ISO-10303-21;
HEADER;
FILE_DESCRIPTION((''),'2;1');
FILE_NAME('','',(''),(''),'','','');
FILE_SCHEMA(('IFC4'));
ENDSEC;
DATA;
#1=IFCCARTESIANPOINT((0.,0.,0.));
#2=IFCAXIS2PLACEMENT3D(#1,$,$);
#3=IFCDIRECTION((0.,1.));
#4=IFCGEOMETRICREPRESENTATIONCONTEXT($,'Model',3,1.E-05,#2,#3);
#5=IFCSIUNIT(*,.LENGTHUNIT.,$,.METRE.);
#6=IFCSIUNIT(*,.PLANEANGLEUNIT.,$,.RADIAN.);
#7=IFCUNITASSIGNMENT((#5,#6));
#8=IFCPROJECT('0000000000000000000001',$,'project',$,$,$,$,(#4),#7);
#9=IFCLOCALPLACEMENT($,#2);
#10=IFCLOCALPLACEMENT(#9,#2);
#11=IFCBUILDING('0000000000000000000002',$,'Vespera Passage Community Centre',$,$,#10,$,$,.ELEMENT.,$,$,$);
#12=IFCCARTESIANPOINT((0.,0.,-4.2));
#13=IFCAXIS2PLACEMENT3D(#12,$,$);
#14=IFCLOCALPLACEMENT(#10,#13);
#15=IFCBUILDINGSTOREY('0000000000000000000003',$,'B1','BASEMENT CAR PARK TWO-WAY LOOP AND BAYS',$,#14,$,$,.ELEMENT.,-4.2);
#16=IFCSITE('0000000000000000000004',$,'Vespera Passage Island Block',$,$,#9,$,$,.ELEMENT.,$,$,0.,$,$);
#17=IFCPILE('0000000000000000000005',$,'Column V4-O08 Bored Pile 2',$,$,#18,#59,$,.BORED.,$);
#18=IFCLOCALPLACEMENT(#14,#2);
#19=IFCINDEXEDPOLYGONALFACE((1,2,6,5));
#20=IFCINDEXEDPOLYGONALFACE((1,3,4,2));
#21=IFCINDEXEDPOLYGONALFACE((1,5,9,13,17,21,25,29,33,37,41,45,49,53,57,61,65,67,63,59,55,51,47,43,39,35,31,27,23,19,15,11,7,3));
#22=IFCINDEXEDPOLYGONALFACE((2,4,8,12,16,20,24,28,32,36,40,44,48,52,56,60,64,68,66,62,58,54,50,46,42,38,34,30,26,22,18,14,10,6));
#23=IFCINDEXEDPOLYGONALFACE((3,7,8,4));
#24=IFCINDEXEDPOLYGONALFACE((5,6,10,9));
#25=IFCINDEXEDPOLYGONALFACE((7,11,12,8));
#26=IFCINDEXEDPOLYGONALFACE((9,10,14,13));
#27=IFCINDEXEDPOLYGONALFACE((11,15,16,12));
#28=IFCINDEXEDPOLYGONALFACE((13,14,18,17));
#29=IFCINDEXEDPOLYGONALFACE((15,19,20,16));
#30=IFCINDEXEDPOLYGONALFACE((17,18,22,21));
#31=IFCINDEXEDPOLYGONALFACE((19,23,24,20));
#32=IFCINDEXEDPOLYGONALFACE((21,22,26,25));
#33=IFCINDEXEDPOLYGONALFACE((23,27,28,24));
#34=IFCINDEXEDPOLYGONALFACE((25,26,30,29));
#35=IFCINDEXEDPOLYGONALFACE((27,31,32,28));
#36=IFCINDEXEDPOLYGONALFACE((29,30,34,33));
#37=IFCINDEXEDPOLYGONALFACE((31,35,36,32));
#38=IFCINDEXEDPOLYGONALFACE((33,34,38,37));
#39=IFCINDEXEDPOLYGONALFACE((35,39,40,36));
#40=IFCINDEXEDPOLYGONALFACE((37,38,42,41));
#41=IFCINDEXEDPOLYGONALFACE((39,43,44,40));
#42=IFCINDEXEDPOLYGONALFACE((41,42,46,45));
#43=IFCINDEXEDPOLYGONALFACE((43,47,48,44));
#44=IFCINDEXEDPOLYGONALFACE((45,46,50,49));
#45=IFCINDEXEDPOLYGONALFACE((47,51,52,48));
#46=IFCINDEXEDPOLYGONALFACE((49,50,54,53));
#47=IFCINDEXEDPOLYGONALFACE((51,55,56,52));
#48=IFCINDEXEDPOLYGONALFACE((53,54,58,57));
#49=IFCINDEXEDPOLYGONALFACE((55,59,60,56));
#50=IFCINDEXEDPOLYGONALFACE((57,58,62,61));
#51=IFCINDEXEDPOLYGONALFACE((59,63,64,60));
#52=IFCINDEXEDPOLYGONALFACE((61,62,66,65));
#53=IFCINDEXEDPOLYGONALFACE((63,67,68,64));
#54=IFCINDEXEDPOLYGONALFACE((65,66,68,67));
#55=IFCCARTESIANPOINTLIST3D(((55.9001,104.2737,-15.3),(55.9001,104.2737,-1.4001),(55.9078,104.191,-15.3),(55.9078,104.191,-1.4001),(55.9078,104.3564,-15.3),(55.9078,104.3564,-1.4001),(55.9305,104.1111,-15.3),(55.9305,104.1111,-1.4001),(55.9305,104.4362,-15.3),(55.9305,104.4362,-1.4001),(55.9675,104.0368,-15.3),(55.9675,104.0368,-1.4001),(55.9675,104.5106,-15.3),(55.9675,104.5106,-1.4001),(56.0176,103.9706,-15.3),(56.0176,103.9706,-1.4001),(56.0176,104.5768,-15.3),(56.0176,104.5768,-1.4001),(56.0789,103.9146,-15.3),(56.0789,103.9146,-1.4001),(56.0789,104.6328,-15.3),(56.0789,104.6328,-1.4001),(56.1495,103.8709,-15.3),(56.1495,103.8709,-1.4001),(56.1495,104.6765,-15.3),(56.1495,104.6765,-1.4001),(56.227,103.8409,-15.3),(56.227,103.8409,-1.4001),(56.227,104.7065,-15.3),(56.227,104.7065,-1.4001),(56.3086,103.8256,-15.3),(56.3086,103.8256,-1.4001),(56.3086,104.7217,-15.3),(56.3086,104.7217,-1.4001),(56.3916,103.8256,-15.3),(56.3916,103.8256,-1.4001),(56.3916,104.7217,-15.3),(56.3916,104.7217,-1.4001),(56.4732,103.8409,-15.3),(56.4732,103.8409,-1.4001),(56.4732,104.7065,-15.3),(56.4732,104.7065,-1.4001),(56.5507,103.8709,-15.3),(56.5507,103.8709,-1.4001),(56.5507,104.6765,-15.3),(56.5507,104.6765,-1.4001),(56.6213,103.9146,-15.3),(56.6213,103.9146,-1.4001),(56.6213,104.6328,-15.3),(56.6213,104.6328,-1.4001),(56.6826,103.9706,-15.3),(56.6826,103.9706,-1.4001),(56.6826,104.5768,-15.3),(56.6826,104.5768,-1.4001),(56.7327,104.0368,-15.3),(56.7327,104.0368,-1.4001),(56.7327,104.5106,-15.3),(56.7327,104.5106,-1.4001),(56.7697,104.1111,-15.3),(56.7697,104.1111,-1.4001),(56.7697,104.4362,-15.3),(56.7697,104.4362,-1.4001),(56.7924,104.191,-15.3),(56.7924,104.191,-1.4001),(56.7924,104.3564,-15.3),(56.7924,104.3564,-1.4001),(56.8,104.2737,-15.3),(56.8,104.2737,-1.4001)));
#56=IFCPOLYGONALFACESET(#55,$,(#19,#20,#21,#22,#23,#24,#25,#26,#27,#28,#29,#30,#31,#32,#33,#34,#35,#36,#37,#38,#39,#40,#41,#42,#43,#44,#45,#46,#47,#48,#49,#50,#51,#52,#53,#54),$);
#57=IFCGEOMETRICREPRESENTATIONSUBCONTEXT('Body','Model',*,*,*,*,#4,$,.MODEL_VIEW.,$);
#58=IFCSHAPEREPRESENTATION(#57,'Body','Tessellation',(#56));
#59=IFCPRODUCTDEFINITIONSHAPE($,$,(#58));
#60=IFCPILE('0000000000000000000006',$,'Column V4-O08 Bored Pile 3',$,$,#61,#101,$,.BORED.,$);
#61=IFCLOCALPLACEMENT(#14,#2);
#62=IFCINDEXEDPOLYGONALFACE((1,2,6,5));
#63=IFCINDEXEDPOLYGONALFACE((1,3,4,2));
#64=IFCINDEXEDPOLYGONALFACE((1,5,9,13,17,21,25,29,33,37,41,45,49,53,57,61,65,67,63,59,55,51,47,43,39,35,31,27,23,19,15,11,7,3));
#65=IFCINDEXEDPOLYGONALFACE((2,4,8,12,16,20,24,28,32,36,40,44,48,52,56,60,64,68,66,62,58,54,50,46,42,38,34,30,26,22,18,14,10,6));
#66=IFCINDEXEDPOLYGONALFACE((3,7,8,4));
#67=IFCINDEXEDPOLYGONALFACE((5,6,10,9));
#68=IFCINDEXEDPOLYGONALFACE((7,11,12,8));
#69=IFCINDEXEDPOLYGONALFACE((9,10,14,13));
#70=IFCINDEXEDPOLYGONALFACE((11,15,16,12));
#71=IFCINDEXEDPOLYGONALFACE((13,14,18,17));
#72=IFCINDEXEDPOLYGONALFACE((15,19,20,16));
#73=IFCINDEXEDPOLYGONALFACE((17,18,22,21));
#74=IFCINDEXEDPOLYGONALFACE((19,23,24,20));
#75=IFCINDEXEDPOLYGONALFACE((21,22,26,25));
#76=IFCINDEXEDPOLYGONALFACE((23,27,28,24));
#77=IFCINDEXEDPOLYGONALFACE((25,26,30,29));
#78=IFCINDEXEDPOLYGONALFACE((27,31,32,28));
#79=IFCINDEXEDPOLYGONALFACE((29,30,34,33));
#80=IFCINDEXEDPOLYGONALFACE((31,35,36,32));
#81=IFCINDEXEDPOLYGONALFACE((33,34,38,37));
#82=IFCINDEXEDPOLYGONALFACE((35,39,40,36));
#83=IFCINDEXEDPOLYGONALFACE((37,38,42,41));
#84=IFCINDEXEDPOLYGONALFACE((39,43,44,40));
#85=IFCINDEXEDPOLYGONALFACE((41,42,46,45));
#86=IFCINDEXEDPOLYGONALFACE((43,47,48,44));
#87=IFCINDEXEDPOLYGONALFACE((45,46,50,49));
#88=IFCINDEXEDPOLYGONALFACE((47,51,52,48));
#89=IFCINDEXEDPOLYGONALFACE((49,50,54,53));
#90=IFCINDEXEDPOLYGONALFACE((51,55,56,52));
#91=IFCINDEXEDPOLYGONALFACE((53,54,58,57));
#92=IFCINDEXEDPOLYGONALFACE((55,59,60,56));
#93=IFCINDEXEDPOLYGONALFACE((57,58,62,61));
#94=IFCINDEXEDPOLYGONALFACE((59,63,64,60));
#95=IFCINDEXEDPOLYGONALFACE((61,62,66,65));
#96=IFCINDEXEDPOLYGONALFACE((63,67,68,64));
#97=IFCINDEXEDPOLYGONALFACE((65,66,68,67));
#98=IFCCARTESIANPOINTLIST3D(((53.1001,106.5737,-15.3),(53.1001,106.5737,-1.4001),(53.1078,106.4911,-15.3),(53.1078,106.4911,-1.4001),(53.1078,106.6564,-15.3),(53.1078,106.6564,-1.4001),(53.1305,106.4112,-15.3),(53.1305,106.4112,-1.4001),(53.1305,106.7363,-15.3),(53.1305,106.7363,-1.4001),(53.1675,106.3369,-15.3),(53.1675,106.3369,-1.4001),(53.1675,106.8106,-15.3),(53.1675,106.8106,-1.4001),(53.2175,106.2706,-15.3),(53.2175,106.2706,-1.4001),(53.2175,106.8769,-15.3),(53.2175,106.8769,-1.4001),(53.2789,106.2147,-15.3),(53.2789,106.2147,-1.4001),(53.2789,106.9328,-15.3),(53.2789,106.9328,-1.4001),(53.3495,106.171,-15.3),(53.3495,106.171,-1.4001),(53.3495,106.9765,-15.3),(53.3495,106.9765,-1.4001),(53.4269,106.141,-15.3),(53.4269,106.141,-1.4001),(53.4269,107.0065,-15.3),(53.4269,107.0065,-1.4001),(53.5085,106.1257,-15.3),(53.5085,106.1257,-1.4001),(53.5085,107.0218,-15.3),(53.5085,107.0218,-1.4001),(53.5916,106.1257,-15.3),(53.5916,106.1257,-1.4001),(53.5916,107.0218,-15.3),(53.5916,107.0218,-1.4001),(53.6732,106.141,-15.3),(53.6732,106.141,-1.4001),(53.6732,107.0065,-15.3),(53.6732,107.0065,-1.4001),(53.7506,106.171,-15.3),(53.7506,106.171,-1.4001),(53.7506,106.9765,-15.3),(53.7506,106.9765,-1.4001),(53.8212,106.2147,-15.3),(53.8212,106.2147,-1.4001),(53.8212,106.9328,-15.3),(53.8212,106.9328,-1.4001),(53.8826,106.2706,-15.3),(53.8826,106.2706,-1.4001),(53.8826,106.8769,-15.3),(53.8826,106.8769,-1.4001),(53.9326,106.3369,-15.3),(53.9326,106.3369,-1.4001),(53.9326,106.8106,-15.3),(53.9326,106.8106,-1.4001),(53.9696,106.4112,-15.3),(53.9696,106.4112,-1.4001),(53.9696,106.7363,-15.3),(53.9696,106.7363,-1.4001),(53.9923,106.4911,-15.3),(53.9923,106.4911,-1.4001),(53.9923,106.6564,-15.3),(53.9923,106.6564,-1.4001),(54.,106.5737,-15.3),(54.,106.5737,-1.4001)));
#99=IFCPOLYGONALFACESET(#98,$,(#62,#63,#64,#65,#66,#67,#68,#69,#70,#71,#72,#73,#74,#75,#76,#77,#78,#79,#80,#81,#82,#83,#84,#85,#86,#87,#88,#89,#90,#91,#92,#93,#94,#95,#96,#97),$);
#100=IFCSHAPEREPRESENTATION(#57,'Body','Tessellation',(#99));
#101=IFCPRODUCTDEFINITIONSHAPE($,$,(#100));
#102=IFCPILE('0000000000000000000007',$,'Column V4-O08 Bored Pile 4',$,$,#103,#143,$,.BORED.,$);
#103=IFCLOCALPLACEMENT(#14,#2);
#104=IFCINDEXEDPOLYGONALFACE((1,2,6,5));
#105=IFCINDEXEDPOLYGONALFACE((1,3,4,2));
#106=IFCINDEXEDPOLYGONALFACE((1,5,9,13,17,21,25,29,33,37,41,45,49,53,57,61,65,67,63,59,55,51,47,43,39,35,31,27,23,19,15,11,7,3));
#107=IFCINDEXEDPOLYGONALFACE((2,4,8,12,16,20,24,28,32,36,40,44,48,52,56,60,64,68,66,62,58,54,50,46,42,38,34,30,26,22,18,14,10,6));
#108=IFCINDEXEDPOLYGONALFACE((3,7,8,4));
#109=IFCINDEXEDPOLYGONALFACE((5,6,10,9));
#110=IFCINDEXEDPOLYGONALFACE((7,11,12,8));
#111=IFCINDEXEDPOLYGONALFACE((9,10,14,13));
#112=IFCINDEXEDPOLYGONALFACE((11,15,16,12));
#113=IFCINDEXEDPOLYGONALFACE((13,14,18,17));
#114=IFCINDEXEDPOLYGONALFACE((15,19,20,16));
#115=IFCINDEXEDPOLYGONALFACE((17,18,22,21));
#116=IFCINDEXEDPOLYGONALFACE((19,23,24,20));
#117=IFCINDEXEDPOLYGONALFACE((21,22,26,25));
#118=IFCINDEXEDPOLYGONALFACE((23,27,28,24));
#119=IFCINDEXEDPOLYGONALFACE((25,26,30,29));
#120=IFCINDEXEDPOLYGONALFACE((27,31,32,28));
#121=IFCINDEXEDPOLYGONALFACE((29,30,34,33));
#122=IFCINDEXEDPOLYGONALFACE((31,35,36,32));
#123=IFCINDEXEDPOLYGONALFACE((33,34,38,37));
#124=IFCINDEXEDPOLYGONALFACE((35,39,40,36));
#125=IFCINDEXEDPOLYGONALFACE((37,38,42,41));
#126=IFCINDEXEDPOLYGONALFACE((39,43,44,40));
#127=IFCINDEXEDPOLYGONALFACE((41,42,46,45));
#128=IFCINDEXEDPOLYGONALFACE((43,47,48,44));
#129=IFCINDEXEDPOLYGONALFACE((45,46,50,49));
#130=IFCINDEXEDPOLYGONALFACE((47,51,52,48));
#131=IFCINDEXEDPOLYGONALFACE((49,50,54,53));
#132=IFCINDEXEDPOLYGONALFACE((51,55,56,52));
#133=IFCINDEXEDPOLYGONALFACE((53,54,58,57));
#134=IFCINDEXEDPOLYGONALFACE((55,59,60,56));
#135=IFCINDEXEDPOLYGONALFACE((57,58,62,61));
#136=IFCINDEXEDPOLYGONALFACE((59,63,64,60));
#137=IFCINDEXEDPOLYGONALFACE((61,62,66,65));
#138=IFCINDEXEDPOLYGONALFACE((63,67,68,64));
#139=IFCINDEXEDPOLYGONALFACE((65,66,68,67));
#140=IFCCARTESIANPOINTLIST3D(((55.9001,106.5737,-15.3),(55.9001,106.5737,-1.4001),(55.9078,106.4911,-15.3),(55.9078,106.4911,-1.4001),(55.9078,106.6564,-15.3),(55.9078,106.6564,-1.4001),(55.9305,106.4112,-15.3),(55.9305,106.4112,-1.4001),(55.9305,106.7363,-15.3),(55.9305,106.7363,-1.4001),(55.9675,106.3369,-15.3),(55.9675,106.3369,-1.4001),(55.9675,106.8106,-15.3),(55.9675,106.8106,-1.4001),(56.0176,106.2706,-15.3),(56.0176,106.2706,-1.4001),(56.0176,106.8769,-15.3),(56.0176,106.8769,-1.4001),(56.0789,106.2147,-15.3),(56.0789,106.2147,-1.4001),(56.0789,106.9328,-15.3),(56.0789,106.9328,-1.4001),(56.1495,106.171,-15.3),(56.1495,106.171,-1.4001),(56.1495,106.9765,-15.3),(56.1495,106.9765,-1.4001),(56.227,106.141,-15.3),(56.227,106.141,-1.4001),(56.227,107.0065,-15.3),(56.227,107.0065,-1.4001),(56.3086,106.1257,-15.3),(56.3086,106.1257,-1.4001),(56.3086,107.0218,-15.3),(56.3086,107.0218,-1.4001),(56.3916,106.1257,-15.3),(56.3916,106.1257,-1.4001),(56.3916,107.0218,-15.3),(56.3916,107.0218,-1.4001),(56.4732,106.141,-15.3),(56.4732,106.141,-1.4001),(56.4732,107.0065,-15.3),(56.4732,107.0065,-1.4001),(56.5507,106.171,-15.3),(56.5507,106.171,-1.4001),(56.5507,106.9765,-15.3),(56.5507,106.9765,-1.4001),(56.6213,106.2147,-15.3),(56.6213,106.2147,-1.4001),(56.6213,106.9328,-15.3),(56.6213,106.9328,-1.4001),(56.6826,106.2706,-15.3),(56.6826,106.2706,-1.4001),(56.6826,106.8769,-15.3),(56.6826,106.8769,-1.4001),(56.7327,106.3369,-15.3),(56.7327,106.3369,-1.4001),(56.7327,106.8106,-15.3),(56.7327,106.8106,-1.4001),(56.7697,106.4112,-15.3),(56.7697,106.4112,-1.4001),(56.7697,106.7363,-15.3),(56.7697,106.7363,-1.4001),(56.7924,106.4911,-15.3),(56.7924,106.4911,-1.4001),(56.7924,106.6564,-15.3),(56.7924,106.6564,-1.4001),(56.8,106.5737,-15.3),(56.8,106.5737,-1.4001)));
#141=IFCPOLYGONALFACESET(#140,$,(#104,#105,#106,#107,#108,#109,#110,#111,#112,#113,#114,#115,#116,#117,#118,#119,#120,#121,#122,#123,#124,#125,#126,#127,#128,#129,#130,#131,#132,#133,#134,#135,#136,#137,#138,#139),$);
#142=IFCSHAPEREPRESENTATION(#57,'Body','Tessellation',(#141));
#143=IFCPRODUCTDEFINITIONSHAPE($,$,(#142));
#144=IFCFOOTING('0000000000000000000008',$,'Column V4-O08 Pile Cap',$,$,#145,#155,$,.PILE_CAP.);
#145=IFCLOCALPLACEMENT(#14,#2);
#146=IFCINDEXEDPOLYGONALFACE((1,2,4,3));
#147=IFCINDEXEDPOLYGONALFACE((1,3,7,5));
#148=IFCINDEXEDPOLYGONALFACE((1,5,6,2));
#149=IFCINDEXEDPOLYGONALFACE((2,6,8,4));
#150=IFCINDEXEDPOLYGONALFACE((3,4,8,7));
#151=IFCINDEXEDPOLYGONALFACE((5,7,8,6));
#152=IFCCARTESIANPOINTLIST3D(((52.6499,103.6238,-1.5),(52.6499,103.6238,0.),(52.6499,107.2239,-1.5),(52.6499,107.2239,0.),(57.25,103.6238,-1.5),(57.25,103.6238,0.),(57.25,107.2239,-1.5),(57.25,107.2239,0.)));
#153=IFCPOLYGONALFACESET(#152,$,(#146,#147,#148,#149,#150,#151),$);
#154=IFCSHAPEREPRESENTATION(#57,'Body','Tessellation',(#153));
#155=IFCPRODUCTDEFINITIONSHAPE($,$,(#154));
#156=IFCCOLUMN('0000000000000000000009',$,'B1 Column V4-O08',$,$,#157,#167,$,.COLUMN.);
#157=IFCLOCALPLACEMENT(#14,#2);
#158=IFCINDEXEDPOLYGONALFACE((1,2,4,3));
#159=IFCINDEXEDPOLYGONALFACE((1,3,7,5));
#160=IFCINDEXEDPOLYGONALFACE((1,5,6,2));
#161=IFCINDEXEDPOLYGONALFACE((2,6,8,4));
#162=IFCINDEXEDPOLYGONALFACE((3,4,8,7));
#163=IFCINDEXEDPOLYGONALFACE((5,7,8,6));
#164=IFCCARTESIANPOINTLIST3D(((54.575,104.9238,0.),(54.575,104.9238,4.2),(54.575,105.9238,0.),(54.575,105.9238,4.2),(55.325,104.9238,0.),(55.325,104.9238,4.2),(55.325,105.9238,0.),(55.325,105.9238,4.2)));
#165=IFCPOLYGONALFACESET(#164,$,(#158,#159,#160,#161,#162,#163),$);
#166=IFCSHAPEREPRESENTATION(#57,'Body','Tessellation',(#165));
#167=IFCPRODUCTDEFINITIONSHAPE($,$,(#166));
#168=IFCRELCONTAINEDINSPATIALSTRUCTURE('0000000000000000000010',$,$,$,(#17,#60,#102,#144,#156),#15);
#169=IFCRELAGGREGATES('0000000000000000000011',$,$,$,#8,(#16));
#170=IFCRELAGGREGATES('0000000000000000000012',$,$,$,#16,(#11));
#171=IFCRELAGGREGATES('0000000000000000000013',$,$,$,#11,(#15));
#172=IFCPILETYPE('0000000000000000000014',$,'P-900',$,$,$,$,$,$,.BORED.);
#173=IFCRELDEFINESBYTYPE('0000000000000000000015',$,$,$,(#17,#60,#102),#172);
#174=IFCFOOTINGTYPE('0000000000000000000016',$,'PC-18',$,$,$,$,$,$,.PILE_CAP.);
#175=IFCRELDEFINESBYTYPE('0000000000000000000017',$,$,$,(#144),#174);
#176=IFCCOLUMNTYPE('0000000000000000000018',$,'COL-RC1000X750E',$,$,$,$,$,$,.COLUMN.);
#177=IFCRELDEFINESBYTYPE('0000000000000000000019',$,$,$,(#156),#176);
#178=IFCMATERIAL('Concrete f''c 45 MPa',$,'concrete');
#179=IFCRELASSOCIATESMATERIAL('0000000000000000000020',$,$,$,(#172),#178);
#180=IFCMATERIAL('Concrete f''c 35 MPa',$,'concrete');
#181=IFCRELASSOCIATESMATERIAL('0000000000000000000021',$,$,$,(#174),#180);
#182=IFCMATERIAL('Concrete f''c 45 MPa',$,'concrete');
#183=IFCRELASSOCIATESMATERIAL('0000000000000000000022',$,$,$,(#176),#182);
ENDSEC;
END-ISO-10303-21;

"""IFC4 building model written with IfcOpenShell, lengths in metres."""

from ifc_helpers import new_model, si_unit, direction, frame, origin, origin_2d, place, context, subcontext, project, spatial, rectangle, circle, extrude, material, material_profile, profile_set, type_object, element, save


model = new_model("IFC4")

# Units and contexts
model_context = context("Model", 3, precision=1e-05, world=origin(), true_north=direction((0.0, 1.0)))
body_context = subcontext(model_context, "Body", "Model", "MODEL_VIEW")
ifc_project = project(units=[si_unit("LENGTHUNIT", "METRE"), si_unit("PLANEANGLEUNIT", "RADIAN")], contexts=[model_context])

# Site, building, storey
site_placement = place(None, origin())
site = spatial("IfcSite", under=ifc_project, at=site_placement, Name="Vespera Passage Island Block", CompositionType="ELEMENT", RefElevation=0.0)
building_placement = place(site_placement, origin())
building = spatial("IfcBuilding", under=site, at=building_placement, Name="Vespera Passage Community Centre", CompositionType="ELEMENT")
storey_placement = place(building_placement, frame((0.0, 0.0, -4.2)))
storey = spatial("IfcBuildingStorey", under=building, at=storey_placement, Name="B1", Description="BASEMENT CAR PARK TWO-WAY LOOP AND BAYS", CompositionType="ELEMENT", Elevation=-4.2)

# Piles
ifc_material_1 = material(Name="Concrete f'c 45 MPa", Category="concrete")
ifc_material_profile_1 = material_profile(ifc_material_1, circle(Radius=0.45, at=origin_2d()), Name="PILE900DIA")
ifc_profile_set_1 = profile_set([ifc_material_profile_1], Name="Concrete f'c 45 MPa")
pile_type = type_object("IfcPileType", Name="P-900", PredefinedType="BORED", material=ifc_profile_set_1)
for number, where, z_axis, x_axis, name in (
    (1, (56.3501, 104.2737, -1.4001), (0.0, 0.0, -1.0), (1.0, 0.0, 0.0), "Column V4-O08 Bored Pile 2"),
    (2, (53.55, 106.5737, -1.4001), (0.0, 0.0, -1.0), (1.0, 0.0, 0.0), "Column V4-O08 Bored Pile 3"),
    (3, (56.3501, 106.5737, -1.4001), (0.0, 0.0, -1.0), (1.0, 0.0, 0.0), "Column V4-O08 Bored Pile 4"),
):
    element("IfcPile", number, at=place(storey_placement, frame(where, z_axis=z_axis, x_axis=x_axis)), inside=storey, type_object=pile_type, Name=name, PredefinedType="BORED", context=body_context, shape_type="SweptSolid", body=[
        extrude(circle(Radius=0.45, at=origin_2d()), origin(), (0.0, 0.0, 1.0), 13.8999),
    ])

# Footing
ifc_material_2 = material(Name="Concrete f'c 35 MPa", Category="concrete")
footing_type = type_object("IfcFootingType", Name="PC-18", PredefinedType="PILE_CAP", material=ifc_material_2)
footing_placement = place(storey_placement, frame((54.95, 105.4238, -1.5), z_axis=(0.0, 0.0, 1.0), x_axis=(1.0, 0.0, 0.0)))
element("IfcFooting", 4, at=footing_placement, inside=storey, type_object=footing_type, Name="Column V4-O08 Pile Cap", PredefinedType="PILE_CAP", context=body_context, shape_type="SweptSolid", body=[
    extrude(rectangle(XDim=4.6001, YDim=3.6001, at=origin_2d()), origin(), (0.0, 0.0, 1.0), 1.5),
])

# Column
ifc_material_3 = material(Name="Concrete f'c 45 MPa", Category="concrete")
ifc_material_profile_2 = material_profile(ifc_material_3, rectangle(XDim=0.75, YDim=1.0, at=origin_2d()), Name="RC1000X750")
ifc_profile_set_2 = profile_set([ifc_material_profile_2], Name="Concrete f'c 45 MPa")
column_type = type_object("IfcColumnType", Name="COL-RC1000X750E", PredefinedType="COLUMN", material=ifc_profile_set_2)
column_placement = place(storey_placement, frame((54.95, 105.4238, 0.0), z_axis=(0.0, 0.0, 1.0), x_axis=(1.0, 0.0, 0.0)))
element("IfcColumn", 5, at=column_placement, inside=storey, type_object=column_type, Name="B1 Column V4-O08", PredefinedType="COLUMN", context=body_context, shape_type="SweptSolid", body=[
    extrude(rectangle(XDim=0.75, YDim=1.0, at=origin_2d()), origin(), (0.0, 0.0, 1.0), 4.2),
])

save(model, "model.ifc")
